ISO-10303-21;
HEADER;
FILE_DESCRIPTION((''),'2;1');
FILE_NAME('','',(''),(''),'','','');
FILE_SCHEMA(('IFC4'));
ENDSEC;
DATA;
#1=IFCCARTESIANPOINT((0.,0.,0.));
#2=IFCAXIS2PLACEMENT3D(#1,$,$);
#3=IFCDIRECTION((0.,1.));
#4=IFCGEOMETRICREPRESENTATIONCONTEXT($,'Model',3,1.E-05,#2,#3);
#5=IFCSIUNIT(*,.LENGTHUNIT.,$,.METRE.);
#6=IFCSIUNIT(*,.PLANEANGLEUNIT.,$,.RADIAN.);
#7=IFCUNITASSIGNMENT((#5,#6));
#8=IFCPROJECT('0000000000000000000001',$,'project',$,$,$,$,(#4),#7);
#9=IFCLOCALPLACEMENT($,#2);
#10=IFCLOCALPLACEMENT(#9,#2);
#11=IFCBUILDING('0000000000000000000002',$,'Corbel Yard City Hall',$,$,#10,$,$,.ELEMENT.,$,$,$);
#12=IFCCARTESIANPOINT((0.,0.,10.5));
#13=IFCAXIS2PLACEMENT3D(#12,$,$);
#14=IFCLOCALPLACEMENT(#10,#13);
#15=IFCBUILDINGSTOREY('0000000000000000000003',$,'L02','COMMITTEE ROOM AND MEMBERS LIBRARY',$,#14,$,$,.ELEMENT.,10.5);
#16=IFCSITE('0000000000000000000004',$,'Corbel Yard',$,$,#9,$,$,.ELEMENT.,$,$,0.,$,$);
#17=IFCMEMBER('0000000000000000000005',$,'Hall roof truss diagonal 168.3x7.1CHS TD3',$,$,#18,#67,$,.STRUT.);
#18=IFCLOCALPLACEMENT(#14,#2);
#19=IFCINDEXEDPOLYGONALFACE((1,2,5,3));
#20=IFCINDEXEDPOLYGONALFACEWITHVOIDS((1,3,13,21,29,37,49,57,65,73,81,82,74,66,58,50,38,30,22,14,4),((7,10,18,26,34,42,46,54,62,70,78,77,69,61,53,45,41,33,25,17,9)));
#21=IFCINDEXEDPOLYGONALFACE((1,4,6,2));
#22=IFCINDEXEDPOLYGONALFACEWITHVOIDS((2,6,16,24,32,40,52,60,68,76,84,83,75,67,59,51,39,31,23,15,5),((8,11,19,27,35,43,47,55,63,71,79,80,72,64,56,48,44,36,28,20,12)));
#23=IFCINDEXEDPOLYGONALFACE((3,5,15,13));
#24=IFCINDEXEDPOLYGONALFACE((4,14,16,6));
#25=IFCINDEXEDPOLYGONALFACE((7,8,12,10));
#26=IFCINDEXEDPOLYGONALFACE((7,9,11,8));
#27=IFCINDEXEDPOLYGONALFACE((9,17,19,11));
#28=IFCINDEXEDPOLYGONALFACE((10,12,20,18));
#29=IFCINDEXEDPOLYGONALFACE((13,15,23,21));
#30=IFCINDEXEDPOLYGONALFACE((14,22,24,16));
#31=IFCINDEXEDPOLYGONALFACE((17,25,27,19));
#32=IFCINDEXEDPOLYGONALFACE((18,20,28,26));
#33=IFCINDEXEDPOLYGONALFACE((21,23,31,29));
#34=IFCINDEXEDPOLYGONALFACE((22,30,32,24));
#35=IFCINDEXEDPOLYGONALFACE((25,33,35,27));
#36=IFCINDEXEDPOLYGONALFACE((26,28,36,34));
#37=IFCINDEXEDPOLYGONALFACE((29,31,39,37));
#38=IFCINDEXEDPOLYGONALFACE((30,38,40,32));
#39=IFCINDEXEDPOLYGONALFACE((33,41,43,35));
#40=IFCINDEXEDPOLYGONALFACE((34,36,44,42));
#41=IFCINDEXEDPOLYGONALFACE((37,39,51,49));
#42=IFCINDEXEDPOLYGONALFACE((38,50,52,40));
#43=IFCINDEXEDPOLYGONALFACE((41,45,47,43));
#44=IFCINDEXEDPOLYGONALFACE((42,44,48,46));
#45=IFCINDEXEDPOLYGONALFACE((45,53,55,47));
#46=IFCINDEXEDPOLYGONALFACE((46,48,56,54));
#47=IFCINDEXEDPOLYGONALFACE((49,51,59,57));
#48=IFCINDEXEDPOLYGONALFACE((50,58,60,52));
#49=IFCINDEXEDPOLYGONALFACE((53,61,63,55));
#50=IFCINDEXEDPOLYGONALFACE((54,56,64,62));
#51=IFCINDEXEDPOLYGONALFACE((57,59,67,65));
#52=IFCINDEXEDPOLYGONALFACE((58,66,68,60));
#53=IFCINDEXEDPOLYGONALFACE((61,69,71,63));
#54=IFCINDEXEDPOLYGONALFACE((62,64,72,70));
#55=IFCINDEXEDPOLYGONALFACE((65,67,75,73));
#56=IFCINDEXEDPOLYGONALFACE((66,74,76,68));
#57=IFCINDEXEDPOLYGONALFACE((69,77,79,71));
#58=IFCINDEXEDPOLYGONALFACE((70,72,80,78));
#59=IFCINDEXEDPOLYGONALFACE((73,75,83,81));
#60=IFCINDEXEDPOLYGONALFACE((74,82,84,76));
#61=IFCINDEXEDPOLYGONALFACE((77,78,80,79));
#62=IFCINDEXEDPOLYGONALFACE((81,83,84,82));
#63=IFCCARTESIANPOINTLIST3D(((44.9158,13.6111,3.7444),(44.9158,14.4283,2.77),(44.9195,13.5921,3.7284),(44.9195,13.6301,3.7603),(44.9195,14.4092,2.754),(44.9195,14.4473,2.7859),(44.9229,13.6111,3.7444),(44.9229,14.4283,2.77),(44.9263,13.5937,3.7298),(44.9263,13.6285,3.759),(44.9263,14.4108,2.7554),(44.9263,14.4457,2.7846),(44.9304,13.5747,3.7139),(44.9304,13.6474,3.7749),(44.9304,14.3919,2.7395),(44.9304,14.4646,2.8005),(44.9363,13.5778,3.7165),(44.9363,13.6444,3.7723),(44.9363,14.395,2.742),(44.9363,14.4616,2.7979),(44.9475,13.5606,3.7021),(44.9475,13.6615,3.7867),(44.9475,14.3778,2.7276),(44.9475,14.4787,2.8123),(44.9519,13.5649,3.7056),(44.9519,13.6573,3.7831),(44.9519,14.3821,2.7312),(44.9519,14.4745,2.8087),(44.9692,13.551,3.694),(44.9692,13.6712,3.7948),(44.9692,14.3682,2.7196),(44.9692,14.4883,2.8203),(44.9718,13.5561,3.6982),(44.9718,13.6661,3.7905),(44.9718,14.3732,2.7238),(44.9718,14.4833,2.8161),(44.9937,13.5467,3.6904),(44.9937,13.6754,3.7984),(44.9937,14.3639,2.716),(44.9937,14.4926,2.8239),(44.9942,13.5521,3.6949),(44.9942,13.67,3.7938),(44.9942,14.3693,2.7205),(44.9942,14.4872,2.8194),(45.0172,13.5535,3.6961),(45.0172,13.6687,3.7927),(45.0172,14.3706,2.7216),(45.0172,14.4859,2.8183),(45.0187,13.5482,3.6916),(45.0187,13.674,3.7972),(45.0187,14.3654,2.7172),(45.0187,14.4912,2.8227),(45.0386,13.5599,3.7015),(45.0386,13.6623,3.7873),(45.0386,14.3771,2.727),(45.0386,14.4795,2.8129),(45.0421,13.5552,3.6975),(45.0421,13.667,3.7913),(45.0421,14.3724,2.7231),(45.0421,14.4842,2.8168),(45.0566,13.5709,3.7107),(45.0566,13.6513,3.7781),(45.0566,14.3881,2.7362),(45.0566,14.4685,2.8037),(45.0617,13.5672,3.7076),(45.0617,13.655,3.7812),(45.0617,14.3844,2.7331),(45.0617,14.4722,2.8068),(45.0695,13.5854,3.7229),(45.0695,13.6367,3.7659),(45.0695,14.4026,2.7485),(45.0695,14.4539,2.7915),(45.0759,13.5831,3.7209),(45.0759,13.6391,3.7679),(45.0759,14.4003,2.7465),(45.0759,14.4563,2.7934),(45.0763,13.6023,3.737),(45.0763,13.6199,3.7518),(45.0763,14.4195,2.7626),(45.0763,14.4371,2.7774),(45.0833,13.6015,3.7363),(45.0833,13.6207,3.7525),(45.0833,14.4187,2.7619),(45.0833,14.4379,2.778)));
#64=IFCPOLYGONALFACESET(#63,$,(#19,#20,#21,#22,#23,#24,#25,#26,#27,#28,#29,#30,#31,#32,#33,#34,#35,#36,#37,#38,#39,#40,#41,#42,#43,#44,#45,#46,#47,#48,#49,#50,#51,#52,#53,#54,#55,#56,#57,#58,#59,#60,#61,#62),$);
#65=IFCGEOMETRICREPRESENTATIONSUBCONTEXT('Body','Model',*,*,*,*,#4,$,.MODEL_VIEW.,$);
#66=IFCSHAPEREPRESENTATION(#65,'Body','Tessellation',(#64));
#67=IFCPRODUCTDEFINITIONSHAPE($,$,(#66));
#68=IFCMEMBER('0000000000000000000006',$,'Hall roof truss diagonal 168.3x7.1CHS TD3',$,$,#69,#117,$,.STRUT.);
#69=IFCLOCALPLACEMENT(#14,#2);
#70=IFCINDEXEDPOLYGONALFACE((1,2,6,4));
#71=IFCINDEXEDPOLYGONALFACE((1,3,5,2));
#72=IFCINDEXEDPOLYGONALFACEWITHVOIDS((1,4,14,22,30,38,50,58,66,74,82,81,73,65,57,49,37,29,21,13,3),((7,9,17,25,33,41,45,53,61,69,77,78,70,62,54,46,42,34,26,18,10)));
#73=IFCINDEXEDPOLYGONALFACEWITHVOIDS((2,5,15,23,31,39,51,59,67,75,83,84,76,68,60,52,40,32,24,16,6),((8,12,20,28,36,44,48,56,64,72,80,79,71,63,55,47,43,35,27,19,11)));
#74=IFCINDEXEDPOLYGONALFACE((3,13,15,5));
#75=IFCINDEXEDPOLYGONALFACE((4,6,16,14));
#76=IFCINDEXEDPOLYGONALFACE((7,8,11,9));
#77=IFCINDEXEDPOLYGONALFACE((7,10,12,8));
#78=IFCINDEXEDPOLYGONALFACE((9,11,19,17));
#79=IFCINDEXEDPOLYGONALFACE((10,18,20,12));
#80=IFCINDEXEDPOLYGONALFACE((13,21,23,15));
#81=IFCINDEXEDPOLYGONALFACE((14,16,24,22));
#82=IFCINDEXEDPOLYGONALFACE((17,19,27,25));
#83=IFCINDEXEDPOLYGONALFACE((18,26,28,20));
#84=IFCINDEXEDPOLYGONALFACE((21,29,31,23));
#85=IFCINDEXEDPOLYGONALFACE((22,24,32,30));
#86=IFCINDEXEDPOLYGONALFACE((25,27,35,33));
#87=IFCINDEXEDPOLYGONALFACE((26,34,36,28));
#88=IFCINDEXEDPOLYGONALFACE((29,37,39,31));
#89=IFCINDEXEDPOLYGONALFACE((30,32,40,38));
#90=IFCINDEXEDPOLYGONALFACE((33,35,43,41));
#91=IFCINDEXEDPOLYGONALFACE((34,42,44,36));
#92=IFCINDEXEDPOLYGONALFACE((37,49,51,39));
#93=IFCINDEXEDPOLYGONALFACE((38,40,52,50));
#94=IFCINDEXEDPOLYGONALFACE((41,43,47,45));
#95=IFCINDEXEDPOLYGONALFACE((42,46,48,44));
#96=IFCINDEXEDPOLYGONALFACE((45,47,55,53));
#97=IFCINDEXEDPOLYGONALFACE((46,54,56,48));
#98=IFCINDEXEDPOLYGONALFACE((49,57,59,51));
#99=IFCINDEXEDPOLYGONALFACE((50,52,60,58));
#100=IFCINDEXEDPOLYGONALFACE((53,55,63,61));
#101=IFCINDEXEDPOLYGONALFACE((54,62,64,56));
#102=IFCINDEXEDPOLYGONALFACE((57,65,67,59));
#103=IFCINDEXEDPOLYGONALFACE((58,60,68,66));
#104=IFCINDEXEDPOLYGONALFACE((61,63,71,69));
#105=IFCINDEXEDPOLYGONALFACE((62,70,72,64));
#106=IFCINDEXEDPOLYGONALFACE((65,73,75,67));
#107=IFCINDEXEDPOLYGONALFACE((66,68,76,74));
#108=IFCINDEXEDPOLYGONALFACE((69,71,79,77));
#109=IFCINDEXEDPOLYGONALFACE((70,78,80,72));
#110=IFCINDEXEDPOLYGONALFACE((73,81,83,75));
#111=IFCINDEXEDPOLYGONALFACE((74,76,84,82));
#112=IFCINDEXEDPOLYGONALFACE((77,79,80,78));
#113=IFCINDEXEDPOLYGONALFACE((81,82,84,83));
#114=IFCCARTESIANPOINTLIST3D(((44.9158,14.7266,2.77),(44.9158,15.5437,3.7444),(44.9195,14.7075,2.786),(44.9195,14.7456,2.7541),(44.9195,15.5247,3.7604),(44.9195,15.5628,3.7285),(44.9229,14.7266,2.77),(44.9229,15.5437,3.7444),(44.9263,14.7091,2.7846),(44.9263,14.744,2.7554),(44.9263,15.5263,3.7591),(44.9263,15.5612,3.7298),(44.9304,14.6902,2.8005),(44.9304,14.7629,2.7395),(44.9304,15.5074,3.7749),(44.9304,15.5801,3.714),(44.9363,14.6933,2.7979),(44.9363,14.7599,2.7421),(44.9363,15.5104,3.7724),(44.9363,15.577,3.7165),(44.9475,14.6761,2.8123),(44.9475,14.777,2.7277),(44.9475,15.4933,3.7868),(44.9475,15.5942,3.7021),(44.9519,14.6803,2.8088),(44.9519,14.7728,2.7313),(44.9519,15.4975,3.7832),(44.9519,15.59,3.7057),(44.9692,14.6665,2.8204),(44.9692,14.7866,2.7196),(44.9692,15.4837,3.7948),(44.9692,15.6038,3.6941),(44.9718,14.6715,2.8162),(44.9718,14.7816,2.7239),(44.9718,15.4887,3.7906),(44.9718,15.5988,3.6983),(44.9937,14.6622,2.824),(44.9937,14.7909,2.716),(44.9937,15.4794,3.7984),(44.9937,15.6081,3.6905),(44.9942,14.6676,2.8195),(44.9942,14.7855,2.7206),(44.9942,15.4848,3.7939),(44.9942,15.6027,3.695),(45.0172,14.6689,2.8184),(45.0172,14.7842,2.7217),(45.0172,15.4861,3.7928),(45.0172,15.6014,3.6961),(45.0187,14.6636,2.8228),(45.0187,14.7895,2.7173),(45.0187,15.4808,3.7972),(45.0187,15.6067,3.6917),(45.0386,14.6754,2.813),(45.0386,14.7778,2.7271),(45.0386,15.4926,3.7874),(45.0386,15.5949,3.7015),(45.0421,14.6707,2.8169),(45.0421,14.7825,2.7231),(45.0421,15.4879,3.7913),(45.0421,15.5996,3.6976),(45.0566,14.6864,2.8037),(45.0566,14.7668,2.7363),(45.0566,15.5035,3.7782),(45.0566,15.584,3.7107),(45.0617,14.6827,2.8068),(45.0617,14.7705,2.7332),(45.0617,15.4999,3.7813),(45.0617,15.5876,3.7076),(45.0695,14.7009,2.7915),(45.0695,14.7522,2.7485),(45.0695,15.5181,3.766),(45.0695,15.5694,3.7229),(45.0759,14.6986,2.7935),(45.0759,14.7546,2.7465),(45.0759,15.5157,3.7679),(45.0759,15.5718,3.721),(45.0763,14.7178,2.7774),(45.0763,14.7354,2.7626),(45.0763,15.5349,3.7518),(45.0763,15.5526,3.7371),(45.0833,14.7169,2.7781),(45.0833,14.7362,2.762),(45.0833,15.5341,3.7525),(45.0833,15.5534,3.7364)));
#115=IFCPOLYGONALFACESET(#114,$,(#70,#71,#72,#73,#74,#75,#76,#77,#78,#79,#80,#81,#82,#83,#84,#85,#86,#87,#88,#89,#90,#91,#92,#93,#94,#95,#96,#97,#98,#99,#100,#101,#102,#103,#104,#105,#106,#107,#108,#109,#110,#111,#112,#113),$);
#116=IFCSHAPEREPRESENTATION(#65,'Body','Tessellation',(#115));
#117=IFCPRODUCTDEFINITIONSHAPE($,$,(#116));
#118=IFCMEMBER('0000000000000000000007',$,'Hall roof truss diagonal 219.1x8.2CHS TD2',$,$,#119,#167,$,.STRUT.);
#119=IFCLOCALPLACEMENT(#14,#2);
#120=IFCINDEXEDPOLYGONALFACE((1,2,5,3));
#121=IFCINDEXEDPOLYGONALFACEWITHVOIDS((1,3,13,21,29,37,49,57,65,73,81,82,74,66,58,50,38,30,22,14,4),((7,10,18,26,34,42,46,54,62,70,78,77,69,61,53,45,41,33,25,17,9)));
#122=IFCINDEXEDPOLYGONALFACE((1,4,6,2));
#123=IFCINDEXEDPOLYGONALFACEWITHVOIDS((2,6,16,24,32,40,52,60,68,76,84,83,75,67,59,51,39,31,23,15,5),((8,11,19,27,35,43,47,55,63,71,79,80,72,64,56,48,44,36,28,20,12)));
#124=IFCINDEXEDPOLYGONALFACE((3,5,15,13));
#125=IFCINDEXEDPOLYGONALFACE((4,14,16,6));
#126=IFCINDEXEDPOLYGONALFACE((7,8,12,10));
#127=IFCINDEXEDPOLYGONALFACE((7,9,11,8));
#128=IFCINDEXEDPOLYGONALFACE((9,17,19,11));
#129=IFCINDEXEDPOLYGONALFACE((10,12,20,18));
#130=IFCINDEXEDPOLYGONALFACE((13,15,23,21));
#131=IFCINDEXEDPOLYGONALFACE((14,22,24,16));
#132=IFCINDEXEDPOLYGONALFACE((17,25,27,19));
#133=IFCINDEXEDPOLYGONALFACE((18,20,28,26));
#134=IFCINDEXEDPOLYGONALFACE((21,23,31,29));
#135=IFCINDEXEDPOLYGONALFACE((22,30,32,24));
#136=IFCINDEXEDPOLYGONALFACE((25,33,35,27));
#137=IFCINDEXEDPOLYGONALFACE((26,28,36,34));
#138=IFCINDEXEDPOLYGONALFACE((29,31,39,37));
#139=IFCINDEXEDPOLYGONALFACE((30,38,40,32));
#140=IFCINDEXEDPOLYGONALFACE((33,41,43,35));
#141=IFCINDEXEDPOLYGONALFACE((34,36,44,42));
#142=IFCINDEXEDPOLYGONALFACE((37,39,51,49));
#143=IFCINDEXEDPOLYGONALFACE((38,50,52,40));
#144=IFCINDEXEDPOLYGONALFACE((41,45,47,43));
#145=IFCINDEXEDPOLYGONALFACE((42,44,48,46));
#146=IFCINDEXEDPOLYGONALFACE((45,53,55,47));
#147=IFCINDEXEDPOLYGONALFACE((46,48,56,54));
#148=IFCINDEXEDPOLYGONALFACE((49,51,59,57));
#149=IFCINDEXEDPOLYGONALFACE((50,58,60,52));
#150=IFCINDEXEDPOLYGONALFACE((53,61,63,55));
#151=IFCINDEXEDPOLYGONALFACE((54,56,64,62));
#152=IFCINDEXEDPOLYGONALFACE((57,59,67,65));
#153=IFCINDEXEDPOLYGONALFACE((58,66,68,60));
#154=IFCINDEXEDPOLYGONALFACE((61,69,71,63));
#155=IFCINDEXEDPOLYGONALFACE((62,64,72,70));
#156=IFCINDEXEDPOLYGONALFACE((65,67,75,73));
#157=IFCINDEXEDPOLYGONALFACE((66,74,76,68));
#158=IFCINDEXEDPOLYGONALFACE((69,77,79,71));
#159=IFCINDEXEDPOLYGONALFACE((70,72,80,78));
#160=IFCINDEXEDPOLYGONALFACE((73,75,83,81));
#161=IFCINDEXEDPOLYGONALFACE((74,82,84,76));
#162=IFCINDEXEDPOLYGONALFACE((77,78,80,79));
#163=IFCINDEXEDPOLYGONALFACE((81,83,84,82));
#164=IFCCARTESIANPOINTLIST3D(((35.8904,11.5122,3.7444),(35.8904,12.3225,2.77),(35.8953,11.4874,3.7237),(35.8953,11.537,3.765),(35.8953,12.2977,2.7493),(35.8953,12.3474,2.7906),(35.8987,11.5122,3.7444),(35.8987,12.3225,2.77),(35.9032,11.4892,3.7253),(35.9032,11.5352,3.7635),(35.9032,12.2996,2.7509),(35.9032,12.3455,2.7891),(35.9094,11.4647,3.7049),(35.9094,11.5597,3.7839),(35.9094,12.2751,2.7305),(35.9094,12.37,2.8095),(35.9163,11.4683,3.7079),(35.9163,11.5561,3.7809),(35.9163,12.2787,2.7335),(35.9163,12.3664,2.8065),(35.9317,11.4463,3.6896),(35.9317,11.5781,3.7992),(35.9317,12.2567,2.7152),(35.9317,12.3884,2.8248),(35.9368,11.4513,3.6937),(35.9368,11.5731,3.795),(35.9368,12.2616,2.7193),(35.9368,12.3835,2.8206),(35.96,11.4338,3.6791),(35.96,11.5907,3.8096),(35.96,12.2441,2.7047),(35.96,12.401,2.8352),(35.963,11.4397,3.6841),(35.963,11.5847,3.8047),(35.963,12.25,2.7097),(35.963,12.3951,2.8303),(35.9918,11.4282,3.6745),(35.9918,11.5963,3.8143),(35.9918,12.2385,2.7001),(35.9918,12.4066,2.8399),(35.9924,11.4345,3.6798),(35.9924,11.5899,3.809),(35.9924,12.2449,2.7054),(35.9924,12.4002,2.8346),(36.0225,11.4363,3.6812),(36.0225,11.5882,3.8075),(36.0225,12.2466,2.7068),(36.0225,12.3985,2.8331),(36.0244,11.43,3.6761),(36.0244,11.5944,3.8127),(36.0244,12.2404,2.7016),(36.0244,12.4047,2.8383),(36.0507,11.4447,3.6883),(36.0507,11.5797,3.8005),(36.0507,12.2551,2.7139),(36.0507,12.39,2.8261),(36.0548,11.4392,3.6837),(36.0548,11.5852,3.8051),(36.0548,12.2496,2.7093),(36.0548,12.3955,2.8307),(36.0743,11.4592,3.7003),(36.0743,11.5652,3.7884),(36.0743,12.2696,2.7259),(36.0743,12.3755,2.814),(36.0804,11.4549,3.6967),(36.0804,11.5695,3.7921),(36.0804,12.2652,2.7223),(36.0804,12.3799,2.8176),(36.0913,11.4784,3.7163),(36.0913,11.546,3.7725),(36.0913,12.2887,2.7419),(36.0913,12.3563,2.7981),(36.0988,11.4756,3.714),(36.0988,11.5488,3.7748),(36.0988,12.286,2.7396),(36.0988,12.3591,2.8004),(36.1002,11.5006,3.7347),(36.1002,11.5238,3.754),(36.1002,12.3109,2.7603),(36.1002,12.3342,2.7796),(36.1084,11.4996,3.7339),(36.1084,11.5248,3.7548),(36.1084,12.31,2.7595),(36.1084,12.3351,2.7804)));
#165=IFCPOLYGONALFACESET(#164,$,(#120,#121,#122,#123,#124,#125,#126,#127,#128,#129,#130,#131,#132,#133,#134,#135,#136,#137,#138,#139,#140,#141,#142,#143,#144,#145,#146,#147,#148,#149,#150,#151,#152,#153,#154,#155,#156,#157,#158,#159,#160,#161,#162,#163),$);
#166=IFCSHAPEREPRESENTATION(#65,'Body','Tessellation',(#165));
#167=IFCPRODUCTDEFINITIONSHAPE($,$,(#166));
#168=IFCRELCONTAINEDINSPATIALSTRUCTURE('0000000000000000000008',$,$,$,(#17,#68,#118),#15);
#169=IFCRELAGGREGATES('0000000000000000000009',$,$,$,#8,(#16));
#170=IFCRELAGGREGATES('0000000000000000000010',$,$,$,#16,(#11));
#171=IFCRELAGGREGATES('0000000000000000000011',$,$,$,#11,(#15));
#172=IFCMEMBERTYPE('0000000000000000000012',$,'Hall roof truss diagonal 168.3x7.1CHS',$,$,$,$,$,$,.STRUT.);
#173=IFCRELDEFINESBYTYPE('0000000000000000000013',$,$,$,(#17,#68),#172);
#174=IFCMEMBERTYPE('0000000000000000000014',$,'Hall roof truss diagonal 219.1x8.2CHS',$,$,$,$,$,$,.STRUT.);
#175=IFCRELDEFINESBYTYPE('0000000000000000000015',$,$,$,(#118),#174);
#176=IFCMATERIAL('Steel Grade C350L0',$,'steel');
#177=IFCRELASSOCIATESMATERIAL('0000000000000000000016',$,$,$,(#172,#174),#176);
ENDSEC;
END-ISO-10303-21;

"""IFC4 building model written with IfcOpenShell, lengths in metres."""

from ifc_helpers import new_model, si_unit, direction, frame, origin, origin_2d, place, context, subcontext, project, spatial, hollow_circle, extrude, material, material_profile, profile_set, type_object, element, save


model = new_model("IFC4")

# Units and contexts
model_context = context("Model", 3, precision=1e-05, world=origin(), true_north=direction((0.0, 1.0)))
body_context = subcontext(model_context, "Body", "Model", "MODEL_VIEW")
ifc_project = project(units=[si_unit("LENGTHUNIT", "METRE"), si_unit("PLANEANGLEUNIT", "RADIAN")], contexts=[model_context])

# Site, building, storey
site_placement = place(None, origin())
site = spatial("IfcSite", under=ifc_project, at=site_placement, Name="Corbel Yard", CompositionType="ELEMENT", RefElevation=0.0)
building_placement = place(site_placement, origin())
building = spatial("IfcBuilding", under=site, at=building_placement, Name="Corbel Yard City Hall", CompositionType="ELEMENT")
storey_placement = place(building_placement, frame((0.0, 0.0, 10.5)))
storey = spatial("IfcBuildingStorey", under=building, at=storey_placement, Name="L02", Description="COMMITTEE ROOM AND MEMBERS LIBRARY", CompositionType="ELEMENT", Elevation=10.5)

# Members
ifc_material_1 = material(Name="Steel Grade C350L0", Category="steel")
ifc_material_profile_1 = material_profile(ifc_material_1, hollow_circle(Radius=0.0842, WallThickness=0.0071, at=origin_2d()), Name="168.3x7.1CHS")
ifc_profile_set_1 = profile_set([ifc_material_profile_1], Name="Steel Grade C350L0")
member_type_1 = type_object("IfcMemberType", Name="Hall roof truss diagonal 168.3x7.1CHS", PredefinedType="STRUT", material=ifc_profile_set_1)
for number, where, z_axis, x_axis, name in (
    (1, (45.0, 13.6111, 3.7444), (0.0, 0.64258, -0.766219), (-1.0, 0.0, 0.0), "Hall roof truss diagonal 168.3x7.1CHS TD3"),
    (2, (45.0, 14.7266, 2.77), (0.0, 0.64258, 0.766219), (-1.0, 0.0, 0.0), "Hall roof truss diagonal 168.3x7.1CHS TD3"),
):
    element("IfcMember", number, at=place(storey_placement, frame(where, z_axis=z_axis, x_axis=x_axis)), inside=storey, type_object=member_type_1, Name=name, PredefinedType="STRUT", context=body_context, shape_type="SweptSolid", body=[
        extrude(hollow_circle(Radius=0.0842, WallThickness=0.0071, at=origin_2d()), origin(), (0.0, 0.0, 1.0), 1.2717),
    ])
ifc_material_profile_2 = material_profile(ifc_material_1, hollow_circle(Radius=0.1096, WallThickness=0.0083, at=origin_2d()), Name="219.1x8.2CHS")
ifc_profile_set_2 = profile_set([ifc_material_profile_2], Name="Steel Grade C350L0")
member_type_2 = type_object("IfcMemberType", Name="Hall roof truss diagonal 219.1x8.2CHS", PredefinedType="STRUT", material=ifc_profile_set_2)
for number, where, z_axis, x_axis, name in (
    (3, (36.0, 11.5122, 3.7444), (0.0, 0.639407, -0.768868), (-1.0, 0.0, 0.0), "Hall roof truss diagonal 219.1x8.2CHS TD2"),
):
    element("IfcMember", number, at=place(storey_placement, frame(where, z_axis=z_axis, x_axis=x_axis)), inside=storey, type_object=member_type_2, Name=name, PredefinedType="STRUT", context=body_context, shape_type="SweptSolid", body=[
        extrude(hollow_circle(Radius=0.1096, WallThickness=0.0083, at=origin_2d()), origin(), (0.0, 0.0, 1.0), 1.2673),
    ])

save(model, "model.ifc")
